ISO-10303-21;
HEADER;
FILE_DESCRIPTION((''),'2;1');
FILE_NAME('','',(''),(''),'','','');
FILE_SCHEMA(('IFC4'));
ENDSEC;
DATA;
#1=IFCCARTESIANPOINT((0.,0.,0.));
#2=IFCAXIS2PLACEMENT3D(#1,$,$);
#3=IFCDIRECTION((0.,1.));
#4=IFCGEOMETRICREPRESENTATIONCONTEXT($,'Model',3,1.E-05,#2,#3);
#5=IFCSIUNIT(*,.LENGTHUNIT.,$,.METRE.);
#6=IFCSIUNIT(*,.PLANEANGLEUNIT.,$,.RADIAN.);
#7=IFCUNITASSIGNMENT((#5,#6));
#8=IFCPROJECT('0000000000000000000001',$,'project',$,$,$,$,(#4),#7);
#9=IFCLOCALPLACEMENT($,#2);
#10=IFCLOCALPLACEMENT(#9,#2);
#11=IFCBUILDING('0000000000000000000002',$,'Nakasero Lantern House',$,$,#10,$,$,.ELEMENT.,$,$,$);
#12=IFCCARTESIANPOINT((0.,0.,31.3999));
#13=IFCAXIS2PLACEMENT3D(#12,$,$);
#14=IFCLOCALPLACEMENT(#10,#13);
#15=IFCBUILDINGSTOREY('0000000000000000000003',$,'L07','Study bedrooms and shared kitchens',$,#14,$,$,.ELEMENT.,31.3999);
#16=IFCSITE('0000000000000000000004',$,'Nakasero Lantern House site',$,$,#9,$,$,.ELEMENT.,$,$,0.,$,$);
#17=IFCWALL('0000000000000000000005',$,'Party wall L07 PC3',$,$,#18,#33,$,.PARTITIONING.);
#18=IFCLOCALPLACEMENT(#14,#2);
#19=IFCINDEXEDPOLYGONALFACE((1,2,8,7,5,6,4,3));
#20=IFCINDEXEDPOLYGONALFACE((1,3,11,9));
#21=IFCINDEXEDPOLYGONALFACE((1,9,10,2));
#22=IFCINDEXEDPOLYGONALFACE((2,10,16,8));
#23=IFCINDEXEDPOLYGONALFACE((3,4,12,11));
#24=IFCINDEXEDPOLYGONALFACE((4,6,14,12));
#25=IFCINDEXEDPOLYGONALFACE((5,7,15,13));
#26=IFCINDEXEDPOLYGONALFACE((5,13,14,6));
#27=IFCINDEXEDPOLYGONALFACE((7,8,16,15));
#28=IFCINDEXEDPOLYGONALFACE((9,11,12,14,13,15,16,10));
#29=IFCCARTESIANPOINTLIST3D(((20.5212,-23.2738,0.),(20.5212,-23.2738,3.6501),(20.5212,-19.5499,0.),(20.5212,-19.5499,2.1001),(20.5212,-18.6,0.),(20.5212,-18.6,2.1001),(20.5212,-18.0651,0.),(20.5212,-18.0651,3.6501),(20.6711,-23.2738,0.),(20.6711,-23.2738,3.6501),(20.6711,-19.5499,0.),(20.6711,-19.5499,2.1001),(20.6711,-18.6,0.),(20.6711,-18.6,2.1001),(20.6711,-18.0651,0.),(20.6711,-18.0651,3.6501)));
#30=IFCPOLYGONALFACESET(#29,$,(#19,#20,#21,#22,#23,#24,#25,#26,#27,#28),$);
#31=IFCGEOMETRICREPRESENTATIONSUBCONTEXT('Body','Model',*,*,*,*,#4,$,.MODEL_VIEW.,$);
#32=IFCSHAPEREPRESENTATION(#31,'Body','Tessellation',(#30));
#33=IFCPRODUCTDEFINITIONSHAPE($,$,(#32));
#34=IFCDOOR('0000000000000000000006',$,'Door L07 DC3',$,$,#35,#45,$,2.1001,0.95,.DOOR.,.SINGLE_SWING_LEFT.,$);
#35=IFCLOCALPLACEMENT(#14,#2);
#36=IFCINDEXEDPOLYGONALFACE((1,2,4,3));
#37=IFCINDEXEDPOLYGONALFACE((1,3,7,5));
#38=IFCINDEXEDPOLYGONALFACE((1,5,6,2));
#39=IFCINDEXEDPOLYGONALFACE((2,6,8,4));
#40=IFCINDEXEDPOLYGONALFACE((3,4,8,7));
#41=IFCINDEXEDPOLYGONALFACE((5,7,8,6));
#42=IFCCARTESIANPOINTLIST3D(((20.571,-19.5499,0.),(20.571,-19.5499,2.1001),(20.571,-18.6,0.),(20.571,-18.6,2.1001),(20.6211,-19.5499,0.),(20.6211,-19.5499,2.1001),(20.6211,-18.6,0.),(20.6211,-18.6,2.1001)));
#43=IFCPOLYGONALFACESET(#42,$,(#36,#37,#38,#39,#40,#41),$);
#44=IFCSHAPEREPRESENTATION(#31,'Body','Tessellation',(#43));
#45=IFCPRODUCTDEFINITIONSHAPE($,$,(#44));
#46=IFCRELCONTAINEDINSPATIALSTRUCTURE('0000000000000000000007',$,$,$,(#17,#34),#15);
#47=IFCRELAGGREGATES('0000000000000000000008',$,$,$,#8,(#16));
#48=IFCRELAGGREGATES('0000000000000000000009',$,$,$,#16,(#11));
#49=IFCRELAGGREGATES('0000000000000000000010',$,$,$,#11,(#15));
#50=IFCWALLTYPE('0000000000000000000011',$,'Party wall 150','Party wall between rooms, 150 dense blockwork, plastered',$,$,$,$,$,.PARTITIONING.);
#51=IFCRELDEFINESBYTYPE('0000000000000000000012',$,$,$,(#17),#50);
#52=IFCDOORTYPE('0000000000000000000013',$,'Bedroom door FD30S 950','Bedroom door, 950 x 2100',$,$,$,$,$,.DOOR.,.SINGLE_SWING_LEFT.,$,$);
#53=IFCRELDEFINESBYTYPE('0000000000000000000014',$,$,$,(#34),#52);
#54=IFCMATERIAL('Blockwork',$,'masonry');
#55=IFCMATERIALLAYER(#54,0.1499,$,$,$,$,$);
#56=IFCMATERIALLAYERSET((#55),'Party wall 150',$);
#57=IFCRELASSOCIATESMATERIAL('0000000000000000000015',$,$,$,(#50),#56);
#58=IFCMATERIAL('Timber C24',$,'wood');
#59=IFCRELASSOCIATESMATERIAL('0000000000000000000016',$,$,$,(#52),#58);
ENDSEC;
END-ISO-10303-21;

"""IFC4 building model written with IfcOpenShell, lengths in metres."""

from ifc_helpers import new_model, si_unit, direction, frame, frame_2d, origin, place, context, subcontext, project, spatial, rectangle, extrude, material, layer, layer_set, type_object, element, fill, save


model = new_model("IFC4")

# Units and contexts
model_context = context("Model", 3, precision=1e-05, world=origin(), true_north=direction((0.0, 1.0)))
body_context = subcontext(model_context, "Body", "Model", "MODEL_VIEW")
ifc_project = project(units=[si_unit("LENGTHUNIT", "METRE"), si_unit("PLANEANGLEUNIT", "RADIAN")], contexts=[model_context])

# Site, building, storey
site_placement = place(None, origin())
site = spatial("IfcSite", under=ifc_project, at=site_placement, Name="Nakasero Lantern House site", CompositionType="ELEMENT", RefElevation=0.0)
building_placement = place(site_placement, origin())
building = spatial("IfcBuilding", under=site, at=building_placement, Name="Nakasero Lantern House", CompositionType="ELEMENT")
storey_placement = place(building_placement, frame((0.0, 0.0, 31.3999)))
storey = spatial("IfcBuildingStorey", under=building, at=storey_placement, Name="L07", Description="Study bedrooms and shared kitchens", CompositionType="ELEMENT", Elevation=31.3999)

# Shared definitions
ifc_material_1 = material(Name="Blockwork", Category="masonry")
ifc_layer_1 = layer(ifc_material_1, 0.1499)
ifc_layer_set_1 = layer_set([ifc_layer_1], Name="Party wall 150")
wall_type_1 = type_object("IfcWallType", Name="Party wall 150", Description="Party wall between rooms, 150 dense blockwork, plastered", PredefinedType="PARTITIONING", material=ifc_layer_set_1)

# Wall, opening, door
wall_1_placement = place(storey_placement, frame((20.5962, -18.0649, 0.0), z_axis=(0.0, 0.0, 1.0), x_axis=(0.0, -1.0, 0.0)))
wall_1 = element("IfcWall", 1, at=wall_1_placement, inside=storey, type_object=wall_type_1, Name="Party wall L07 PC3", PredefinedType="PARTITIONING", context=body_context, shape_type="SweptSolid", body=[
    extrude(rectangle(XDim=5.2087, YDim=0.1499, at=frame_2d((2.6045, 0.0))), origin(), (0.0, 0.0, 1.0), 3.6501),
])
opening_1_placement = place(wall_1_placement, frame((0.5349, 0.0, 0.0)))
opening_1 = element("IfcOpeningElement", 2, at=opening_1_placement, cuts=wall_1, PredefinedType="OPENING", context=body_context, shape_type="SweptSolid", body=[
    extrude(rectangle(XDim=0.95, YDim=2.1001, at=frame_2d((0.4751, 1.05))), frame((0.0, 0.095, 0.0), z_axis=(0.0, -1.0, 0.0), x_axis=(1.0, 0.0, 0.0)), (0.0, 0.0, 1.0), 0.1899),
])
ifc_material_2 = material(Name="Timber C24", Category="wood")
door_type_1 = type_object("IfcDoorType", Name="Bedroom door FD30S 950", Description="Bedroom door, 950 x 2100", OperationType="SINGLE_SWING_LEFT", PredefinedType="DOOR", material=ifc_material_2)
door_1_placement = place(opening_1_placement, origin())
door_1 = element("IfcDoor", 3, at=door_1_placement, inside=storey, type_object=door_type_1, Name="Door L07 DC3", OperationType="SINGLE_SWING_LEFT", OverallHeight=2.1001, OverallWidth=0.95, PredefinedType="DOOR", context=body_context, shape_type="SweptSolid", body=[
    extrude(rectangle(XDim=0.95, YDim=2.1001, at=frame_2d((0.4751, 1.05))), frame((0.0, 0.0249, 0.0), z_axis=(0.0, -1.0, 0.0), x_axis=(1.0, 0.0, 0.0)), (0.0, 0.0, 1.0), 0.05),
])
fill(opening_1, door_1)

save(model, "model.ifc")
